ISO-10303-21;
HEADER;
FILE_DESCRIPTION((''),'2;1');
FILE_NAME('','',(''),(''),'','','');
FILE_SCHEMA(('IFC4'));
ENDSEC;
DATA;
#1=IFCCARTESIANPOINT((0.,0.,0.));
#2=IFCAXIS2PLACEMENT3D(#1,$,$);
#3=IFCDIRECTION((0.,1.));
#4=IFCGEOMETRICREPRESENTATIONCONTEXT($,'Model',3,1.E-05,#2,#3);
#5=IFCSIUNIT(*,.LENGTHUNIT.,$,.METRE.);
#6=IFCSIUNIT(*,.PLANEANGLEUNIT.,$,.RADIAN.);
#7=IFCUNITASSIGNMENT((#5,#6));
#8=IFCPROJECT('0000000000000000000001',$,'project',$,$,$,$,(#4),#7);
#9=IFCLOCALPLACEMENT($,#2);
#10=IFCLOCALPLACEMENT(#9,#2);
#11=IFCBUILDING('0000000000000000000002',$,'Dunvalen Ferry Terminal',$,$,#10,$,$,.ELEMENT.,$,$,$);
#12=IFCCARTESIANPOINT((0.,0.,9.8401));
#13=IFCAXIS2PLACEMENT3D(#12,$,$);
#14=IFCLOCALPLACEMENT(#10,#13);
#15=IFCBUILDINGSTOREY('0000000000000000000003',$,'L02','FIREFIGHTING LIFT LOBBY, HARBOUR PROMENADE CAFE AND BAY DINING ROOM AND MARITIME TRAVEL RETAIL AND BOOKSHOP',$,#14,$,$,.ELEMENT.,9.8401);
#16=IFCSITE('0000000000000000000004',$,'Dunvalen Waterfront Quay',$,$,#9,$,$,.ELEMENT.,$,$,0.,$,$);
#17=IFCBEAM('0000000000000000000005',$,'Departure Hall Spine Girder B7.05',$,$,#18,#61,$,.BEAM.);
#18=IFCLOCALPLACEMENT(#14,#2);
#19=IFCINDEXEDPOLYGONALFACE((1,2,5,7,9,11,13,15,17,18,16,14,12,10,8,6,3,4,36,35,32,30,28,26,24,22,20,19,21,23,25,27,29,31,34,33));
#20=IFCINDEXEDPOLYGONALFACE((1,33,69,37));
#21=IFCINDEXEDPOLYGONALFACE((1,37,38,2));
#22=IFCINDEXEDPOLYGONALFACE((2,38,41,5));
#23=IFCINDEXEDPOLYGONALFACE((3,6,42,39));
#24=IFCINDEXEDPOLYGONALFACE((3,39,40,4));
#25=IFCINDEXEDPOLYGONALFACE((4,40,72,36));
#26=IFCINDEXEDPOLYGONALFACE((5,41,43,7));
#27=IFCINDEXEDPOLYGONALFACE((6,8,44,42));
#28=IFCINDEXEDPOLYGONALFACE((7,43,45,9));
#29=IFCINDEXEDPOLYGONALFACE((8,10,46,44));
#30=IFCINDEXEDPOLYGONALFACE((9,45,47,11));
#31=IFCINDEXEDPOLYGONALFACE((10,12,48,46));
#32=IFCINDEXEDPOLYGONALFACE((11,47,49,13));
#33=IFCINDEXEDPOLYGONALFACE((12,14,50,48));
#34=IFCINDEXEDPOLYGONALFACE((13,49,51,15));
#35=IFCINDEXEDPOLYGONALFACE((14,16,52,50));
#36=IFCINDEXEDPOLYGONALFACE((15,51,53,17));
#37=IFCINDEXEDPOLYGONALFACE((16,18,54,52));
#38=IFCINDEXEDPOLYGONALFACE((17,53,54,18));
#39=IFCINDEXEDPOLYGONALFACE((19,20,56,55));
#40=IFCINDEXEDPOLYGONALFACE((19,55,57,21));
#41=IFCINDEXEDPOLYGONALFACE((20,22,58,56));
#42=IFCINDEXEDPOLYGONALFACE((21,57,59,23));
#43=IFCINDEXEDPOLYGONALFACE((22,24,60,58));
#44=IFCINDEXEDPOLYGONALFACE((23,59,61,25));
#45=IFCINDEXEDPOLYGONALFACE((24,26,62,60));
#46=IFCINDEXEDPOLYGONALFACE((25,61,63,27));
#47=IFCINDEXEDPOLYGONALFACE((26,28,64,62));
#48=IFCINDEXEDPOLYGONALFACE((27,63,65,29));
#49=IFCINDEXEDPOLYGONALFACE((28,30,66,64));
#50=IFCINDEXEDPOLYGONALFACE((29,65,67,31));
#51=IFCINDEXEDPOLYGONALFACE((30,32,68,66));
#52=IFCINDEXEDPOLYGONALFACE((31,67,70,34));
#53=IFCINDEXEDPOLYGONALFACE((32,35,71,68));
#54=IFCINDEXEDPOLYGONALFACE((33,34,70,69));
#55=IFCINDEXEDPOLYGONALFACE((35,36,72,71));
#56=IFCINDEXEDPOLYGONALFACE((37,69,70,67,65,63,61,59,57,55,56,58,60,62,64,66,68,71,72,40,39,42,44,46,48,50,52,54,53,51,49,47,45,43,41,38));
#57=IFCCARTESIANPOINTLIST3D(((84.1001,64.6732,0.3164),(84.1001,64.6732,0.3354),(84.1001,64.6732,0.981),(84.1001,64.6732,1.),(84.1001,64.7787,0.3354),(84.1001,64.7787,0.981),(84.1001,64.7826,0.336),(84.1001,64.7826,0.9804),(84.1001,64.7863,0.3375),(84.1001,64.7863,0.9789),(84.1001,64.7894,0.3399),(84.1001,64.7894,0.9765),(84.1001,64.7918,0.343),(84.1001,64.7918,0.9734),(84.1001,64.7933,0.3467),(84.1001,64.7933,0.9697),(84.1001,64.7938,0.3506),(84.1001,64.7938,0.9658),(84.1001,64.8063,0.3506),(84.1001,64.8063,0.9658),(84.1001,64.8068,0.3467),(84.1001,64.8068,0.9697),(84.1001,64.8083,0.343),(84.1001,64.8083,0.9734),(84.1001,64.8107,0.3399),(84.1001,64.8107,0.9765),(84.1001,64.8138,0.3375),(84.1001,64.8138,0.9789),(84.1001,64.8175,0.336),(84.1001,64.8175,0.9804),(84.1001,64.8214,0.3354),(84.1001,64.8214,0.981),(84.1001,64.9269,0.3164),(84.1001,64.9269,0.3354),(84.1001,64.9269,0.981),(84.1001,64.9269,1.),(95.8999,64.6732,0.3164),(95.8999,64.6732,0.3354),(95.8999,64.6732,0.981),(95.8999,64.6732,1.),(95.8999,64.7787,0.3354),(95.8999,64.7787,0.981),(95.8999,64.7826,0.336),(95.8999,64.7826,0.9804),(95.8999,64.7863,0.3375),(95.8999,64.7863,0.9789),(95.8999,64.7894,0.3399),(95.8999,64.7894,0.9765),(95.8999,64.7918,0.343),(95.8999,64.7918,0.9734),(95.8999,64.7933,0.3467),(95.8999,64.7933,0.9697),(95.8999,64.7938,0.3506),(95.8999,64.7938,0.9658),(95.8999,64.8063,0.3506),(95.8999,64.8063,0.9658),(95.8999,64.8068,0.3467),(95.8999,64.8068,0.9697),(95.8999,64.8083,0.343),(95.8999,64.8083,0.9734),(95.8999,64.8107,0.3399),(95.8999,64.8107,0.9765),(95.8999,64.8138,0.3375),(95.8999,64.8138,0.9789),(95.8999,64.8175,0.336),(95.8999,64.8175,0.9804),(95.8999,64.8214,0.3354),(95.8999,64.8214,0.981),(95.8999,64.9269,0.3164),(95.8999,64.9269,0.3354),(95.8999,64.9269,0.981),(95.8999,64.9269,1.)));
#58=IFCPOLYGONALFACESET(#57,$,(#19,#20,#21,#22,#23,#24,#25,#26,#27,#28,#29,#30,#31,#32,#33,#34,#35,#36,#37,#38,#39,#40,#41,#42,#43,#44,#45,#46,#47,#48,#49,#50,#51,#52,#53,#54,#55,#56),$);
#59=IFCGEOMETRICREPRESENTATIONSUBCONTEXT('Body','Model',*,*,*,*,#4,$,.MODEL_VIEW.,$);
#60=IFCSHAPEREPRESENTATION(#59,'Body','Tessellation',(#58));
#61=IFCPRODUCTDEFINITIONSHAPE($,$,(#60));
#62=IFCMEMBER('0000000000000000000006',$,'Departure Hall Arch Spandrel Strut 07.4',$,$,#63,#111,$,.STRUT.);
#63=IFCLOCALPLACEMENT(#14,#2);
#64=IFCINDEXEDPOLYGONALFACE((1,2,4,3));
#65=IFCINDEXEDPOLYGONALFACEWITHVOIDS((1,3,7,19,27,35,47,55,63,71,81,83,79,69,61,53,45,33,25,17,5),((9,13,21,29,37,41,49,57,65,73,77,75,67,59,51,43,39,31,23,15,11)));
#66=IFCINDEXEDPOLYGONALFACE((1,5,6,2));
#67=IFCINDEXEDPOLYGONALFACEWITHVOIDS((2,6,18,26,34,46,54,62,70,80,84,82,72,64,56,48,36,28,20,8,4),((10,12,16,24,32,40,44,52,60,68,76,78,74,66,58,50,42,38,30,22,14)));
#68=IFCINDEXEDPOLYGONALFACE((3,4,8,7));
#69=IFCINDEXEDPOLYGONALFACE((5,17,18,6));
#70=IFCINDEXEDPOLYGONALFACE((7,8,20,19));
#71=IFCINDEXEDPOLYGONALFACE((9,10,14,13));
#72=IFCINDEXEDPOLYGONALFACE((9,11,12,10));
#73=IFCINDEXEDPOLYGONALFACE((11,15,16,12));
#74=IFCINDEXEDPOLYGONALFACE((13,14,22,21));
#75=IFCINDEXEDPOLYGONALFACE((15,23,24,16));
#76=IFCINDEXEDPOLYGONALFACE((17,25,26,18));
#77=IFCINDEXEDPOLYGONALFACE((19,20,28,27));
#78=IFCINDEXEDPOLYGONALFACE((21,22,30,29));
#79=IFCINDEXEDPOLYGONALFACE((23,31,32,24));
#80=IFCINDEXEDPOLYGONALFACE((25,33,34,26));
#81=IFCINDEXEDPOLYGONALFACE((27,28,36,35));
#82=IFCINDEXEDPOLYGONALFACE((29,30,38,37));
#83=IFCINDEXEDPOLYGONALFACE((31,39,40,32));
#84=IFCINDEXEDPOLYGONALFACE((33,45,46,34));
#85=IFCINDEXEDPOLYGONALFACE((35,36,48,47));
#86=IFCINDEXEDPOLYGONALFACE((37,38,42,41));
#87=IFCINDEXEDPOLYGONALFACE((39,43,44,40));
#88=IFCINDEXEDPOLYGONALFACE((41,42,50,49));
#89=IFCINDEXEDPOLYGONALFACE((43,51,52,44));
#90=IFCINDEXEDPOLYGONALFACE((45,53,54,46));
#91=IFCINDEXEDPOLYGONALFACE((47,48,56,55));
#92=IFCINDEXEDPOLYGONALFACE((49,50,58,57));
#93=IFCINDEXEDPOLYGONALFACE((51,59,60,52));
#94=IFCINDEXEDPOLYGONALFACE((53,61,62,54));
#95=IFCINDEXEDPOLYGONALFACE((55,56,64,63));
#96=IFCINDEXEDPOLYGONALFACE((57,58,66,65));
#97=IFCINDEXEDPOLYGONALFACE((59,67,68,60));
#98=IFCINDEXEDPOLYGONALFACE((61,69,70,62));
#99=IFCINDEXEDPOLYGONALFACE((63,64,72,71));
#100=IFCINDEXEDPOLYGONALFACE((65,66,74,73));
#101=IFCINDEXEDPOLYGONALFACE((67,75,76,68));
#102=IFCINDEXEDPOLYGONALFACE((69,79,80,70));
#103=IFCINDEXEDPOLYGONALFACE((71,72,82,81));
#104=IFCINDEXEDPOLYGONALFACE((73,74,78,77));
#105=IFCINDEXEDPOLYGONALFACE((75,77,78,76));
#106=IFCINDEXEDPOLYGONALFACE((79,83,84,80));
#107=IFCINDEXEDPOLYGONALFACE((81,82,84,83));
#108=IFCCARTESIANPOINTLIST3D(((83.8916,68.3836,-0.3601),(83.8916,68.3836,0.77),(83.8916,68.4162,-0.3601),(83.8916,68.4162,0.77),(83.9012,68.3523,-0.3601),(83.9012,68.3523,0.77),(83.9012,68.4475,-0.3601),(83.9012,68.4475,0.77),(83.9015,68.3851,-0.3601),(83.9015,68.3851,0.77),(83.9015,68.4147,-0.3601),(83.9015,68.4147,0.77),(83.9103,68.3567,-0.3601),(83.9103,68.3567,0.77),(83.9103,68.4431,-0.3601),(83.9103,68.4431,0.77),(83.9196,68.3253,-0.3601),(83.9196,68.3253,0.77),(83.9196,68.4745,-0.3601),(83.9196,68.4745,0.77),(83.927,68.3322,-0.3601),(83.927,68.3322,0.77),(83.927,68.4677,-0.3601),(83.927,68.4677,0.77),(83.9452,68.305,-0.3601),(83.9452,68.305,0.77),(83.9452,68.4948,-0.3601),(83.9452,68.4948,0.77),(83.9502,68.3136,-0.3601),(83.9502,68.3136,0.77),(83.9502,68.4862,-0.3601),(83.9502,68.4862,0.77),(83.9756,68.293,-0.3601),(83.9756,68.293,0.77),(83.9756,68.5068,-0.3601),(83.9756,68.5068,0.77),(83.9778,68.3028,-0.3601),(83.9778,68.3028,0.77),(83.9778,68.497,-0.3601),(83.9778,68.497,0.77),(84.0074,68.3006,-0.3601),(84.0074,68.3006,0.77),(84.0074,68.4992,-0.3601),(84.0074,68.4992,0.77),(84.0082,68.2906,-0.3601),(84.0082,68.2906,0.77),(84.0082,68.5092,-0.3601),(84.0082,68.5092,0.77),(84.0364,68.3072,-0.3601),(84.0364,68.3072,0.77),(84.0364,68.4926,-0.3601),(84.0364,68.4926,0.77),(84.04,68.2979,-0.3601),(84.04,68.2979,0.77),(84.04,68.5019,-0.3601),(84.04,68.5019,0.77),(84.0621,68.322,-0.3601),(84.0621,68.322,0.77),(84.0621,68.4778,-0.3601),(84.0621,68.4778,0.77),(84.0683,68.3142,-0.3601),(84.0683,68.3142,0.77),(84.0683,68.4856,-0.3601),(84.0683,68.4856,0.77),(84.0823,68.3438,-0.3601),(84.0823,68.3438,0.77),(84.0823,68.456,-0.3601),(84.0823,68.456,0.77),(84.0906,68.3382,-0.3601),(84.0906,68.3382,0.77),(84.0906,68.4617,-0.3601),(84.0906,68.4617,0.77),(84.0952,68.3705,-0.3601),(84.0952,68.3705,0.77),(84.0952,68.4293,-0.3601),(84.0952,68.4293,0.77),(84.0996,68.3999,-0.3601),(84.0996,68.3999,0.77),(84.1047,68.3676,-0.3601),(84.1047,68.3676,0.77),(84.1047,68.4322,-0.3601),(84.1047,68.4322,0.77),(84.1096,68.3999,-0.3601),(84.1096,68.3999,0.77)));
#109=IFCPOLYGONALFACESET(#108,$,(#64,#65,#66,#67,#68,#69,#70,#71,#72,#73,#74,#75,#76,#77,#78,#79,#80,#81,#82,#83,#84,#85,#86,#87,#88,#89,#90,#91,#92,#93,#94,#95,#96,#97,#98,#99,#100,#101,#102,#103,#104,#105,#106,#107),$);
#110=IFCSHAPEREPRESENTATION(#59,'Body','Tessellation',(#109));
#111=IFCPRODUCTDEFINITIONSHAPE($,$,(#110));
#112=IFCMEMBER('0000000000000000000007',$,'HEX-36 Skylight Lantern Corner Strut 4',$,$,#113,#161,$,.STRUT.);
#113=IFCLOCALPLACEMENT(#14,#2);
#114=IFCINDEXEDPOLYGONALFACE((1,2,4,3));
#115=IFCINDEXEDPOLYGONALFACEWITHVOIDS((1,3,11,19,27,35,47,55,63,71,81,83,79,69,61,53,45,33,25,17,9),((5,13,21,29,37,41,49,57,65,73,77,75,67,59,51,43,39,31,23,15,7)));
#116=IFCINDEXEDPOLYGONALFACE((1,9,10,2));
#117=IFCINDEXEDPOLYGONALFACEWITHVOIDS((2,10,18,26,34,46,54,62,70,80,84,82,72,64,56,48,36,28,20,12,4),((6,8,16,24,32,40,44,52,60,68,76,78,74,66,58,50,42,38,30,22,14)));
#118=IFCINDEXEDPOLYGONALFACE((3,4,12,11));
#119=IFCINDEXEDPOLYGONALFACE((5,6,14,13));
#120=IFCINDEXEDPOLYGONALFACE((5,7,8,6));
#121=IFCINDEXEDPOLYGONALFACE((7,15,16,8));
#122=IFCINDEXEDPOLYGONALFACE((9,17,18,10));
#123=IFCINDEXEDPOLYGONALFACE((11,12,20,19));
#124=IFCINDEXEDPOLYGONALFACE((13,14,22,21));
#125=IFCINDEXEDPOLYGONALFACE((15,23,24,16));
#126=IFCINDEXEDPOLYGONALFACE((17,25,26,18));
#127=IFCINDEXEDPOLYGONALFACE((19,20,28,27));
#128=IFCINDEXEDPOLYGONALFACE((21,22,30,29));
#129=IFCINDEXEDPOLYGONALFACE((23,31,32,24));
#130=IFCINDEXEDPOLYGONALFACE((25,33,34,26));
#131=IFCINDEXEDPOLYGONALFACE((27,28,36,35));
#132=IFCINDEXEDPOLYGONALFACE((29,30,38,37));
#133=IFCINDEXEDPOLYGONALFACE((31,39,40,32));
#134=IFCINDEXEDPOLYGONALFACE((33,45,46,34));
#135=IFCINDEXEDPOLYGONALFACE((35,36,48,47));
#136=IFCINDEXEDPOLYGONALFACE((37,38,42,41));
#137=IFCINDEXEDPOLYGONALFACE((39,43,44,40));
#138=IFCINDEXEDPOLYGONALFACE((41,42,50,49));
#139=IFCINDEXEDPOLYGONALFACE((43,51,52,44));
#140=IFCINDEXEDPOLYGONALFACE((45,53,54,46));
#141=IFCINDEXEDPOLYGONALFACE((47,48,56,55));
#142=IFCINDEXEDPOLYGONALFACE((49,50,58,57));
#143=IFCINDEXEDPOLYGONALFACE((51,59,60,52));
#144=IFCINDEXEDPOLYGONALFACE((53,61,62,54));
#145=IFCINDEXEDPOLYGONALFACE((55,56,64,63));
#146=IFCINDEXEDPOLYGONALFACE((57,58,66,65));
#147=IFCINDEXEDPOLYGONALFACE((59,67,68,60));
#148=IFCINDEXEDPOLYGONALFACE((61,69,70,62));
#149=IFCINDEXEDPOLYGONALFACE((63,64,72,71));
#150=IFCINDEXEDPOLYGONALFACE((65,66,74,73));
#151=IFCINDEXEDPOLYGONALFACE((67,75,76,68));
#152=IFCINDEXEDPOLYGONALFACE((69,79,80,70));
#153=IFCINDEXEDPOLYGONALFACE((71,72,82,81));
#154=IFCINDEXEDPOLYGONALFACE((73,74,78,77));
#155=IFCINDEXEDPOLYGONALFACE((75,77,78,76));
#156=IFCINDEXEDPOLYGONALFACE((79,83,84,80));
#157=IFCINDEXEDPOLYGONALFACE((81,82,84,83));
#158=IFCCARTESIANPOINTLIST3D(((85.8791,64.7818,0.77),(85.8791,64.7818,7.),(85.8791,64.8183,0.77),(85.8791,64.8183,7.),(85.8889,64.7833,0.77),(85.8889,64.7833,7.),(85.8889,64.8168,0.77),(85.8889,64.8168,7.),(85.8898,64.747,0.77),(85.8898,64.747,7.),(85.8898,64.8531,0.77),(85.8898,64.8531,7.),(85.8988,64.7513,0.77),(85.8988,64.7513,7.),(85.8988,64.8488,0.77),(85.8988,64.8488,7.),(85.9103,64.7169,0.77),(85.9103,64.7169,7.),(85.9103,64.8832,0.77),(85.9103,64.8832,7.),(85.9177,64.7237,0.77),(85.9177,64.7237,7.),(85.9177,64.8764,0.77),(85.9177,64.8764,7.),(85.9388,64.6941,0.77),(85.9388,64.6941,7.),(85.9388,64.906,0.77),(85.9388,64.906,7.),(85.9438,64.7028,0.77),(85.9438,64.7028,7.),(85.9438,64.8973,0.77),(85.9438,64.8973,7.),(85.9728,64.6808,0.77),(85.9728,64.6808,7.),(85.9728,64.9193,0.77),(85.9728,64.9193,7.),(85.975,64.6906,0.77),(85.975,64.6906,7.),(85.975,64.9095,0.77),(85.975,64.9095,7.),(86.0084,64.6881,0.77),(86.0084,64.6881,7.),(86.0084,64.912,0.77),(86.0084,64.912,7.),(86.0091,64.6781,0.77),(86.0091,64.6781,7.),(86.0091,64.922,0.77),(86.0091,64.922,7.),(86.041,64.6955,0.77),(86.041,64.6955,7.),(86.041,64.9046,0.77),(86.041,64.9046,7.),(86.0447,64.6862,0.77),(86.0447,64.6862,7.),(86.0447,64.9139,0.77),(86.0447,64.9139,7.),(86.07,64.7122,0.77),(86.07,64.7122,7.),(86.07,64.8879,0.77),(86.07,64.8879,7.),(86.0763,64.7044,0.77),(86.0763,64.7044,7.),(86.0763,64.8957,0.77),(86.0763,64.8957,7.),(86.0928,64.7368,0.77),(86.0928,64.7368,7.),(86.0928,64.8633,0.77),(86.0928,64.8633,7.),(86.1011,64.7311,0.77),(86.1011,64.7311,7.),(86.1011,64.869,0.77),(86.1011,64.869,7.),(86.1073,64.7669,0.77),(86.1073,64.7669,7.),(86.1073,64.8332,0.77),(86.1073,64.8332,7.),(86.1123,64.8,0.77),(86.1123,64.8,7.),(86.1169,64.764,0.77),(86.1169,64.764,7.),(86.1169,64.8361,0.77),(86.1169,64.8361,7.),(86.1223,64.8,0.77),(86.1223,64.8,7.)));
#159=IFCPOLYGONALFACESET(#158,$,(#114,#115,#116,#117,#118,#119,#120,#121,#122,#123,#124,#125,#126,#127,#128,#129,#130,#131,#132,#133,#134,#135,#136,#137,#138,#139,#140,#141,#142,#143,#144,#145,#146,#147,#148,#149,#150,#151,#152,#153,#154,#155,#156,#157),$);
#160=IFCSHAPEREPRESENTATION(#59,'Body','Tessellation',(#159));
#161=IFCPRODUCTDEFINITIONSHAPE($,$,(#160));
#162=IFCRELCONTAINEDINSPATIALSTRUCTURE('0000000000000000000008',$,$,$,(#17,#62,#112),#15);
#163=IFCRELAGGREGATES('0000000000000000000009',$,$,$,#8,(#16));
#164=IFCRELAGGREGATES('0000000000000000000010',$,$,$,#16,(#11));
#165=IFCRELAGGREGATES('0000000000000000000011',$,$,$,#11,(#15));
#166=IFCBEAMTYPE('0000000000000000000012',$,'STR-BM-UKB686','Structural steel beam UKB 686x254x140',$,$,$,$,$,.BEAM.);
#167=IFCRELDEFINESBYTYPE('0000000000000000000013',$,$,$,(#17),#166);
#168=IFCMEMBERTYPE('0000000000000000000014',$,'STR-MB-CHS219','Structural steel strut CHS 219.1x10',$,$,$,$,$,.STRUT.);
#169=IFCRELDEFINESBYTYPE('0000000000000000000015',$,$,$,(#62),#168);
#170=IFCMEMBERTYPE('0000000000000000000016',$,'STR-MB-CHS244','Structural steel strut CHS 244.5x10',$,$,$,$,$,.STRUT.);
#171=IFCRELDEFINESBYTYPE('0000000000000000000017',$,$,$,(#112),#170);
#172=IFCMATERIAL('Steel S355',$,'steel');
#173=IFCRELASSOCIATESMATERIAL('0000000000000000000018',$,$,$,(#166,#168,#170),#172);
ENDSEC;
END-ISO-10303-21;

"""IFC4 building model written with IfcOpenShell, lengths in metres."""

from ifc_helpers import new_model, si_unit, direction, frame, origin, origin_2d, place, context, subcontext, project, spatial, hollow_circle, i_section, extrude, material, material_profile, profile_set, type_object, element, save


model = new_model("IFC4")

# Units and contexts
model_context = context("Model", 3, precision=1e-05, world=origin(), true_north=direction((0.0, 1.0)))
body_context = subcontext(model_context, "Body", "Model", "MODEL_VIEW")
ifc_project = project(units=[si_unit("LENGTHUNIT", "METRE"), si_unit("PLANEANGLEUNIT", "RADIAN")], contexts=[model_context])

# Site, building, storey
site_placement = place(None, origin())
site = spatial("IfcSite", under=ifc_project, at=site_placement, Name="Dunvalen Waterfront Quay", CompositionType="ELEMENT", RefElevation=0.0)
building_placement = place(site_placement, origin())
building = spatial("IfcBuilding", under=site, at=building_placement, Name="Dunvalen Ferry Terminal", CompositionType="ELEMENT")
storey_placement = place(building_placement, frame((0.0, 0.0, 9.8401)))
storey = spatial("IfcBuildingStorey", under=building, at=storey_placement, Name="L02", Description="FIREFIGHTING LIFT LOBBY, HARBOUR PROMENADE CAFE AND BAY DINING ROOM AND MARITIME TRAVEL RETAIL AND BOOKSHOP", CompositionType="ELEMENT", Elevation=9.8401)

# Beam
ifc_material_1 = material(Name="Steel S355", Category="steel")
ifc_material_profile_1 = material_profile(ifc_material_1, i_section(OverallWidth=0.2537, OverallDepth=0.6836, WebThickness=0.0125, FlangeThickness=0.019, FilletRadius=0.0151, at=origin_2d()), Name="Steel S355")
ifc_profile_set_1 = profile_set([ifc_material_profile_1], Name="Steel S355")
beam_type_1 = type_object("IfcBeamType", Name="STR-BM-UKB686", Description="Structural steel beam UKB 686x254x140", PredefinedType="BEAM", material=ifc_profile_set_1)
beam_1_placement = place(storey_placement, frame((84.1001, 64.8, 0.6582), z_axis=(1.0, 0.0, 0.0), x_axis=(0.0, 1.0, 0.0)))
element("IfcBeam", 1, at=beam_1_placement, inside=storey, type_object=beam_type_1, Name="Departure Hall Spine Girder B7.05", PredefinedType="BEAM", context=body_context, shape_type="SweptSolid", body=[
    extrude(i_section(OverallWidth=0.2537, OverallDepth=0.6836, WebThickness=0.0125, FlangeThickness=0.019, FilletRadius=0.0151, at=origin_2d()), origin(), (0.0, 0.0, 1.0), 11.7998),
])

# Members
ifc_material_profile_2 = material_profile(ifc_material_1, hollow_circle(Radius=0.1096, WallThickness=0.01, at=origin_2d()), Name="Steel S355")
ifc_profile_set_2 = profile_set([ifc_material_profile_2], Name="Steel S355")
member_type_1 = type_object("IfcMemberType", Name="STR-MB-CHS219", Description="Structural steel strut CHS 219.1x10", PredefinedType="STRUT", material=ifc_profile_set_2)
member_1_placement = place(storey_placement, frame((84.0, 68.3999, -0.3601), z_axis=(0.0, 0.0, 1.0), x_axis=(1.0, 0.0, 0.0)))
element("IfcMember", 2, at=member_1_placement, inside=storey, type_object=member_type_1, Name="Departure Hall Arch Spandrel Strut 07.4", PredefinedType="STRUT", context=body_context, shape_type="SweptSolid", body=[
    extrude(hollow_circle(Radius=0.1096, WallThickness=0.01, at=origin_2d()), origin(), (0.0, 0.0, 1.0), 1.1301),
])
ifc_material_profile_3 = material_profile(ifc_material_1, hollow_circle(Radius=0.1223, WallThickness=0.01, at=origin_2d()), Name="Steel S355")
ifc_profile_set_3 = profile_set([ifc_material_profile_3], Name="Steel S355")
member_type_2 = type_object("IfcMemberType", Name="STR-MB-CHS244", Description="Structural steel strut CHS 244.5x10", PredefinedType="STRUT", material=ifc_profile_set_3)
member_2_placement = place(storey_placement, frame((86.0, 64.8, 0.77), z_axis=(0.0, 0.0, 1.0), x_axis=(1.0, 0.0, 0.0)))
element("IfcMember", 3, at=member_2_placement, inside=storey, type_object=member_type_2, Name="HEX-36 Skylight Lantern Corner Strut 4", PredefinedType="STRUT", context=body_context, shape_type="SweptSolid", body=[
    extrude(hollow_circle(Radius=0.1223, WallThickness=0.01, at=origin_2d()), origin(), (0.0, 0.0, 1.0), 6.23),
])

save(model, "model.ifc")
